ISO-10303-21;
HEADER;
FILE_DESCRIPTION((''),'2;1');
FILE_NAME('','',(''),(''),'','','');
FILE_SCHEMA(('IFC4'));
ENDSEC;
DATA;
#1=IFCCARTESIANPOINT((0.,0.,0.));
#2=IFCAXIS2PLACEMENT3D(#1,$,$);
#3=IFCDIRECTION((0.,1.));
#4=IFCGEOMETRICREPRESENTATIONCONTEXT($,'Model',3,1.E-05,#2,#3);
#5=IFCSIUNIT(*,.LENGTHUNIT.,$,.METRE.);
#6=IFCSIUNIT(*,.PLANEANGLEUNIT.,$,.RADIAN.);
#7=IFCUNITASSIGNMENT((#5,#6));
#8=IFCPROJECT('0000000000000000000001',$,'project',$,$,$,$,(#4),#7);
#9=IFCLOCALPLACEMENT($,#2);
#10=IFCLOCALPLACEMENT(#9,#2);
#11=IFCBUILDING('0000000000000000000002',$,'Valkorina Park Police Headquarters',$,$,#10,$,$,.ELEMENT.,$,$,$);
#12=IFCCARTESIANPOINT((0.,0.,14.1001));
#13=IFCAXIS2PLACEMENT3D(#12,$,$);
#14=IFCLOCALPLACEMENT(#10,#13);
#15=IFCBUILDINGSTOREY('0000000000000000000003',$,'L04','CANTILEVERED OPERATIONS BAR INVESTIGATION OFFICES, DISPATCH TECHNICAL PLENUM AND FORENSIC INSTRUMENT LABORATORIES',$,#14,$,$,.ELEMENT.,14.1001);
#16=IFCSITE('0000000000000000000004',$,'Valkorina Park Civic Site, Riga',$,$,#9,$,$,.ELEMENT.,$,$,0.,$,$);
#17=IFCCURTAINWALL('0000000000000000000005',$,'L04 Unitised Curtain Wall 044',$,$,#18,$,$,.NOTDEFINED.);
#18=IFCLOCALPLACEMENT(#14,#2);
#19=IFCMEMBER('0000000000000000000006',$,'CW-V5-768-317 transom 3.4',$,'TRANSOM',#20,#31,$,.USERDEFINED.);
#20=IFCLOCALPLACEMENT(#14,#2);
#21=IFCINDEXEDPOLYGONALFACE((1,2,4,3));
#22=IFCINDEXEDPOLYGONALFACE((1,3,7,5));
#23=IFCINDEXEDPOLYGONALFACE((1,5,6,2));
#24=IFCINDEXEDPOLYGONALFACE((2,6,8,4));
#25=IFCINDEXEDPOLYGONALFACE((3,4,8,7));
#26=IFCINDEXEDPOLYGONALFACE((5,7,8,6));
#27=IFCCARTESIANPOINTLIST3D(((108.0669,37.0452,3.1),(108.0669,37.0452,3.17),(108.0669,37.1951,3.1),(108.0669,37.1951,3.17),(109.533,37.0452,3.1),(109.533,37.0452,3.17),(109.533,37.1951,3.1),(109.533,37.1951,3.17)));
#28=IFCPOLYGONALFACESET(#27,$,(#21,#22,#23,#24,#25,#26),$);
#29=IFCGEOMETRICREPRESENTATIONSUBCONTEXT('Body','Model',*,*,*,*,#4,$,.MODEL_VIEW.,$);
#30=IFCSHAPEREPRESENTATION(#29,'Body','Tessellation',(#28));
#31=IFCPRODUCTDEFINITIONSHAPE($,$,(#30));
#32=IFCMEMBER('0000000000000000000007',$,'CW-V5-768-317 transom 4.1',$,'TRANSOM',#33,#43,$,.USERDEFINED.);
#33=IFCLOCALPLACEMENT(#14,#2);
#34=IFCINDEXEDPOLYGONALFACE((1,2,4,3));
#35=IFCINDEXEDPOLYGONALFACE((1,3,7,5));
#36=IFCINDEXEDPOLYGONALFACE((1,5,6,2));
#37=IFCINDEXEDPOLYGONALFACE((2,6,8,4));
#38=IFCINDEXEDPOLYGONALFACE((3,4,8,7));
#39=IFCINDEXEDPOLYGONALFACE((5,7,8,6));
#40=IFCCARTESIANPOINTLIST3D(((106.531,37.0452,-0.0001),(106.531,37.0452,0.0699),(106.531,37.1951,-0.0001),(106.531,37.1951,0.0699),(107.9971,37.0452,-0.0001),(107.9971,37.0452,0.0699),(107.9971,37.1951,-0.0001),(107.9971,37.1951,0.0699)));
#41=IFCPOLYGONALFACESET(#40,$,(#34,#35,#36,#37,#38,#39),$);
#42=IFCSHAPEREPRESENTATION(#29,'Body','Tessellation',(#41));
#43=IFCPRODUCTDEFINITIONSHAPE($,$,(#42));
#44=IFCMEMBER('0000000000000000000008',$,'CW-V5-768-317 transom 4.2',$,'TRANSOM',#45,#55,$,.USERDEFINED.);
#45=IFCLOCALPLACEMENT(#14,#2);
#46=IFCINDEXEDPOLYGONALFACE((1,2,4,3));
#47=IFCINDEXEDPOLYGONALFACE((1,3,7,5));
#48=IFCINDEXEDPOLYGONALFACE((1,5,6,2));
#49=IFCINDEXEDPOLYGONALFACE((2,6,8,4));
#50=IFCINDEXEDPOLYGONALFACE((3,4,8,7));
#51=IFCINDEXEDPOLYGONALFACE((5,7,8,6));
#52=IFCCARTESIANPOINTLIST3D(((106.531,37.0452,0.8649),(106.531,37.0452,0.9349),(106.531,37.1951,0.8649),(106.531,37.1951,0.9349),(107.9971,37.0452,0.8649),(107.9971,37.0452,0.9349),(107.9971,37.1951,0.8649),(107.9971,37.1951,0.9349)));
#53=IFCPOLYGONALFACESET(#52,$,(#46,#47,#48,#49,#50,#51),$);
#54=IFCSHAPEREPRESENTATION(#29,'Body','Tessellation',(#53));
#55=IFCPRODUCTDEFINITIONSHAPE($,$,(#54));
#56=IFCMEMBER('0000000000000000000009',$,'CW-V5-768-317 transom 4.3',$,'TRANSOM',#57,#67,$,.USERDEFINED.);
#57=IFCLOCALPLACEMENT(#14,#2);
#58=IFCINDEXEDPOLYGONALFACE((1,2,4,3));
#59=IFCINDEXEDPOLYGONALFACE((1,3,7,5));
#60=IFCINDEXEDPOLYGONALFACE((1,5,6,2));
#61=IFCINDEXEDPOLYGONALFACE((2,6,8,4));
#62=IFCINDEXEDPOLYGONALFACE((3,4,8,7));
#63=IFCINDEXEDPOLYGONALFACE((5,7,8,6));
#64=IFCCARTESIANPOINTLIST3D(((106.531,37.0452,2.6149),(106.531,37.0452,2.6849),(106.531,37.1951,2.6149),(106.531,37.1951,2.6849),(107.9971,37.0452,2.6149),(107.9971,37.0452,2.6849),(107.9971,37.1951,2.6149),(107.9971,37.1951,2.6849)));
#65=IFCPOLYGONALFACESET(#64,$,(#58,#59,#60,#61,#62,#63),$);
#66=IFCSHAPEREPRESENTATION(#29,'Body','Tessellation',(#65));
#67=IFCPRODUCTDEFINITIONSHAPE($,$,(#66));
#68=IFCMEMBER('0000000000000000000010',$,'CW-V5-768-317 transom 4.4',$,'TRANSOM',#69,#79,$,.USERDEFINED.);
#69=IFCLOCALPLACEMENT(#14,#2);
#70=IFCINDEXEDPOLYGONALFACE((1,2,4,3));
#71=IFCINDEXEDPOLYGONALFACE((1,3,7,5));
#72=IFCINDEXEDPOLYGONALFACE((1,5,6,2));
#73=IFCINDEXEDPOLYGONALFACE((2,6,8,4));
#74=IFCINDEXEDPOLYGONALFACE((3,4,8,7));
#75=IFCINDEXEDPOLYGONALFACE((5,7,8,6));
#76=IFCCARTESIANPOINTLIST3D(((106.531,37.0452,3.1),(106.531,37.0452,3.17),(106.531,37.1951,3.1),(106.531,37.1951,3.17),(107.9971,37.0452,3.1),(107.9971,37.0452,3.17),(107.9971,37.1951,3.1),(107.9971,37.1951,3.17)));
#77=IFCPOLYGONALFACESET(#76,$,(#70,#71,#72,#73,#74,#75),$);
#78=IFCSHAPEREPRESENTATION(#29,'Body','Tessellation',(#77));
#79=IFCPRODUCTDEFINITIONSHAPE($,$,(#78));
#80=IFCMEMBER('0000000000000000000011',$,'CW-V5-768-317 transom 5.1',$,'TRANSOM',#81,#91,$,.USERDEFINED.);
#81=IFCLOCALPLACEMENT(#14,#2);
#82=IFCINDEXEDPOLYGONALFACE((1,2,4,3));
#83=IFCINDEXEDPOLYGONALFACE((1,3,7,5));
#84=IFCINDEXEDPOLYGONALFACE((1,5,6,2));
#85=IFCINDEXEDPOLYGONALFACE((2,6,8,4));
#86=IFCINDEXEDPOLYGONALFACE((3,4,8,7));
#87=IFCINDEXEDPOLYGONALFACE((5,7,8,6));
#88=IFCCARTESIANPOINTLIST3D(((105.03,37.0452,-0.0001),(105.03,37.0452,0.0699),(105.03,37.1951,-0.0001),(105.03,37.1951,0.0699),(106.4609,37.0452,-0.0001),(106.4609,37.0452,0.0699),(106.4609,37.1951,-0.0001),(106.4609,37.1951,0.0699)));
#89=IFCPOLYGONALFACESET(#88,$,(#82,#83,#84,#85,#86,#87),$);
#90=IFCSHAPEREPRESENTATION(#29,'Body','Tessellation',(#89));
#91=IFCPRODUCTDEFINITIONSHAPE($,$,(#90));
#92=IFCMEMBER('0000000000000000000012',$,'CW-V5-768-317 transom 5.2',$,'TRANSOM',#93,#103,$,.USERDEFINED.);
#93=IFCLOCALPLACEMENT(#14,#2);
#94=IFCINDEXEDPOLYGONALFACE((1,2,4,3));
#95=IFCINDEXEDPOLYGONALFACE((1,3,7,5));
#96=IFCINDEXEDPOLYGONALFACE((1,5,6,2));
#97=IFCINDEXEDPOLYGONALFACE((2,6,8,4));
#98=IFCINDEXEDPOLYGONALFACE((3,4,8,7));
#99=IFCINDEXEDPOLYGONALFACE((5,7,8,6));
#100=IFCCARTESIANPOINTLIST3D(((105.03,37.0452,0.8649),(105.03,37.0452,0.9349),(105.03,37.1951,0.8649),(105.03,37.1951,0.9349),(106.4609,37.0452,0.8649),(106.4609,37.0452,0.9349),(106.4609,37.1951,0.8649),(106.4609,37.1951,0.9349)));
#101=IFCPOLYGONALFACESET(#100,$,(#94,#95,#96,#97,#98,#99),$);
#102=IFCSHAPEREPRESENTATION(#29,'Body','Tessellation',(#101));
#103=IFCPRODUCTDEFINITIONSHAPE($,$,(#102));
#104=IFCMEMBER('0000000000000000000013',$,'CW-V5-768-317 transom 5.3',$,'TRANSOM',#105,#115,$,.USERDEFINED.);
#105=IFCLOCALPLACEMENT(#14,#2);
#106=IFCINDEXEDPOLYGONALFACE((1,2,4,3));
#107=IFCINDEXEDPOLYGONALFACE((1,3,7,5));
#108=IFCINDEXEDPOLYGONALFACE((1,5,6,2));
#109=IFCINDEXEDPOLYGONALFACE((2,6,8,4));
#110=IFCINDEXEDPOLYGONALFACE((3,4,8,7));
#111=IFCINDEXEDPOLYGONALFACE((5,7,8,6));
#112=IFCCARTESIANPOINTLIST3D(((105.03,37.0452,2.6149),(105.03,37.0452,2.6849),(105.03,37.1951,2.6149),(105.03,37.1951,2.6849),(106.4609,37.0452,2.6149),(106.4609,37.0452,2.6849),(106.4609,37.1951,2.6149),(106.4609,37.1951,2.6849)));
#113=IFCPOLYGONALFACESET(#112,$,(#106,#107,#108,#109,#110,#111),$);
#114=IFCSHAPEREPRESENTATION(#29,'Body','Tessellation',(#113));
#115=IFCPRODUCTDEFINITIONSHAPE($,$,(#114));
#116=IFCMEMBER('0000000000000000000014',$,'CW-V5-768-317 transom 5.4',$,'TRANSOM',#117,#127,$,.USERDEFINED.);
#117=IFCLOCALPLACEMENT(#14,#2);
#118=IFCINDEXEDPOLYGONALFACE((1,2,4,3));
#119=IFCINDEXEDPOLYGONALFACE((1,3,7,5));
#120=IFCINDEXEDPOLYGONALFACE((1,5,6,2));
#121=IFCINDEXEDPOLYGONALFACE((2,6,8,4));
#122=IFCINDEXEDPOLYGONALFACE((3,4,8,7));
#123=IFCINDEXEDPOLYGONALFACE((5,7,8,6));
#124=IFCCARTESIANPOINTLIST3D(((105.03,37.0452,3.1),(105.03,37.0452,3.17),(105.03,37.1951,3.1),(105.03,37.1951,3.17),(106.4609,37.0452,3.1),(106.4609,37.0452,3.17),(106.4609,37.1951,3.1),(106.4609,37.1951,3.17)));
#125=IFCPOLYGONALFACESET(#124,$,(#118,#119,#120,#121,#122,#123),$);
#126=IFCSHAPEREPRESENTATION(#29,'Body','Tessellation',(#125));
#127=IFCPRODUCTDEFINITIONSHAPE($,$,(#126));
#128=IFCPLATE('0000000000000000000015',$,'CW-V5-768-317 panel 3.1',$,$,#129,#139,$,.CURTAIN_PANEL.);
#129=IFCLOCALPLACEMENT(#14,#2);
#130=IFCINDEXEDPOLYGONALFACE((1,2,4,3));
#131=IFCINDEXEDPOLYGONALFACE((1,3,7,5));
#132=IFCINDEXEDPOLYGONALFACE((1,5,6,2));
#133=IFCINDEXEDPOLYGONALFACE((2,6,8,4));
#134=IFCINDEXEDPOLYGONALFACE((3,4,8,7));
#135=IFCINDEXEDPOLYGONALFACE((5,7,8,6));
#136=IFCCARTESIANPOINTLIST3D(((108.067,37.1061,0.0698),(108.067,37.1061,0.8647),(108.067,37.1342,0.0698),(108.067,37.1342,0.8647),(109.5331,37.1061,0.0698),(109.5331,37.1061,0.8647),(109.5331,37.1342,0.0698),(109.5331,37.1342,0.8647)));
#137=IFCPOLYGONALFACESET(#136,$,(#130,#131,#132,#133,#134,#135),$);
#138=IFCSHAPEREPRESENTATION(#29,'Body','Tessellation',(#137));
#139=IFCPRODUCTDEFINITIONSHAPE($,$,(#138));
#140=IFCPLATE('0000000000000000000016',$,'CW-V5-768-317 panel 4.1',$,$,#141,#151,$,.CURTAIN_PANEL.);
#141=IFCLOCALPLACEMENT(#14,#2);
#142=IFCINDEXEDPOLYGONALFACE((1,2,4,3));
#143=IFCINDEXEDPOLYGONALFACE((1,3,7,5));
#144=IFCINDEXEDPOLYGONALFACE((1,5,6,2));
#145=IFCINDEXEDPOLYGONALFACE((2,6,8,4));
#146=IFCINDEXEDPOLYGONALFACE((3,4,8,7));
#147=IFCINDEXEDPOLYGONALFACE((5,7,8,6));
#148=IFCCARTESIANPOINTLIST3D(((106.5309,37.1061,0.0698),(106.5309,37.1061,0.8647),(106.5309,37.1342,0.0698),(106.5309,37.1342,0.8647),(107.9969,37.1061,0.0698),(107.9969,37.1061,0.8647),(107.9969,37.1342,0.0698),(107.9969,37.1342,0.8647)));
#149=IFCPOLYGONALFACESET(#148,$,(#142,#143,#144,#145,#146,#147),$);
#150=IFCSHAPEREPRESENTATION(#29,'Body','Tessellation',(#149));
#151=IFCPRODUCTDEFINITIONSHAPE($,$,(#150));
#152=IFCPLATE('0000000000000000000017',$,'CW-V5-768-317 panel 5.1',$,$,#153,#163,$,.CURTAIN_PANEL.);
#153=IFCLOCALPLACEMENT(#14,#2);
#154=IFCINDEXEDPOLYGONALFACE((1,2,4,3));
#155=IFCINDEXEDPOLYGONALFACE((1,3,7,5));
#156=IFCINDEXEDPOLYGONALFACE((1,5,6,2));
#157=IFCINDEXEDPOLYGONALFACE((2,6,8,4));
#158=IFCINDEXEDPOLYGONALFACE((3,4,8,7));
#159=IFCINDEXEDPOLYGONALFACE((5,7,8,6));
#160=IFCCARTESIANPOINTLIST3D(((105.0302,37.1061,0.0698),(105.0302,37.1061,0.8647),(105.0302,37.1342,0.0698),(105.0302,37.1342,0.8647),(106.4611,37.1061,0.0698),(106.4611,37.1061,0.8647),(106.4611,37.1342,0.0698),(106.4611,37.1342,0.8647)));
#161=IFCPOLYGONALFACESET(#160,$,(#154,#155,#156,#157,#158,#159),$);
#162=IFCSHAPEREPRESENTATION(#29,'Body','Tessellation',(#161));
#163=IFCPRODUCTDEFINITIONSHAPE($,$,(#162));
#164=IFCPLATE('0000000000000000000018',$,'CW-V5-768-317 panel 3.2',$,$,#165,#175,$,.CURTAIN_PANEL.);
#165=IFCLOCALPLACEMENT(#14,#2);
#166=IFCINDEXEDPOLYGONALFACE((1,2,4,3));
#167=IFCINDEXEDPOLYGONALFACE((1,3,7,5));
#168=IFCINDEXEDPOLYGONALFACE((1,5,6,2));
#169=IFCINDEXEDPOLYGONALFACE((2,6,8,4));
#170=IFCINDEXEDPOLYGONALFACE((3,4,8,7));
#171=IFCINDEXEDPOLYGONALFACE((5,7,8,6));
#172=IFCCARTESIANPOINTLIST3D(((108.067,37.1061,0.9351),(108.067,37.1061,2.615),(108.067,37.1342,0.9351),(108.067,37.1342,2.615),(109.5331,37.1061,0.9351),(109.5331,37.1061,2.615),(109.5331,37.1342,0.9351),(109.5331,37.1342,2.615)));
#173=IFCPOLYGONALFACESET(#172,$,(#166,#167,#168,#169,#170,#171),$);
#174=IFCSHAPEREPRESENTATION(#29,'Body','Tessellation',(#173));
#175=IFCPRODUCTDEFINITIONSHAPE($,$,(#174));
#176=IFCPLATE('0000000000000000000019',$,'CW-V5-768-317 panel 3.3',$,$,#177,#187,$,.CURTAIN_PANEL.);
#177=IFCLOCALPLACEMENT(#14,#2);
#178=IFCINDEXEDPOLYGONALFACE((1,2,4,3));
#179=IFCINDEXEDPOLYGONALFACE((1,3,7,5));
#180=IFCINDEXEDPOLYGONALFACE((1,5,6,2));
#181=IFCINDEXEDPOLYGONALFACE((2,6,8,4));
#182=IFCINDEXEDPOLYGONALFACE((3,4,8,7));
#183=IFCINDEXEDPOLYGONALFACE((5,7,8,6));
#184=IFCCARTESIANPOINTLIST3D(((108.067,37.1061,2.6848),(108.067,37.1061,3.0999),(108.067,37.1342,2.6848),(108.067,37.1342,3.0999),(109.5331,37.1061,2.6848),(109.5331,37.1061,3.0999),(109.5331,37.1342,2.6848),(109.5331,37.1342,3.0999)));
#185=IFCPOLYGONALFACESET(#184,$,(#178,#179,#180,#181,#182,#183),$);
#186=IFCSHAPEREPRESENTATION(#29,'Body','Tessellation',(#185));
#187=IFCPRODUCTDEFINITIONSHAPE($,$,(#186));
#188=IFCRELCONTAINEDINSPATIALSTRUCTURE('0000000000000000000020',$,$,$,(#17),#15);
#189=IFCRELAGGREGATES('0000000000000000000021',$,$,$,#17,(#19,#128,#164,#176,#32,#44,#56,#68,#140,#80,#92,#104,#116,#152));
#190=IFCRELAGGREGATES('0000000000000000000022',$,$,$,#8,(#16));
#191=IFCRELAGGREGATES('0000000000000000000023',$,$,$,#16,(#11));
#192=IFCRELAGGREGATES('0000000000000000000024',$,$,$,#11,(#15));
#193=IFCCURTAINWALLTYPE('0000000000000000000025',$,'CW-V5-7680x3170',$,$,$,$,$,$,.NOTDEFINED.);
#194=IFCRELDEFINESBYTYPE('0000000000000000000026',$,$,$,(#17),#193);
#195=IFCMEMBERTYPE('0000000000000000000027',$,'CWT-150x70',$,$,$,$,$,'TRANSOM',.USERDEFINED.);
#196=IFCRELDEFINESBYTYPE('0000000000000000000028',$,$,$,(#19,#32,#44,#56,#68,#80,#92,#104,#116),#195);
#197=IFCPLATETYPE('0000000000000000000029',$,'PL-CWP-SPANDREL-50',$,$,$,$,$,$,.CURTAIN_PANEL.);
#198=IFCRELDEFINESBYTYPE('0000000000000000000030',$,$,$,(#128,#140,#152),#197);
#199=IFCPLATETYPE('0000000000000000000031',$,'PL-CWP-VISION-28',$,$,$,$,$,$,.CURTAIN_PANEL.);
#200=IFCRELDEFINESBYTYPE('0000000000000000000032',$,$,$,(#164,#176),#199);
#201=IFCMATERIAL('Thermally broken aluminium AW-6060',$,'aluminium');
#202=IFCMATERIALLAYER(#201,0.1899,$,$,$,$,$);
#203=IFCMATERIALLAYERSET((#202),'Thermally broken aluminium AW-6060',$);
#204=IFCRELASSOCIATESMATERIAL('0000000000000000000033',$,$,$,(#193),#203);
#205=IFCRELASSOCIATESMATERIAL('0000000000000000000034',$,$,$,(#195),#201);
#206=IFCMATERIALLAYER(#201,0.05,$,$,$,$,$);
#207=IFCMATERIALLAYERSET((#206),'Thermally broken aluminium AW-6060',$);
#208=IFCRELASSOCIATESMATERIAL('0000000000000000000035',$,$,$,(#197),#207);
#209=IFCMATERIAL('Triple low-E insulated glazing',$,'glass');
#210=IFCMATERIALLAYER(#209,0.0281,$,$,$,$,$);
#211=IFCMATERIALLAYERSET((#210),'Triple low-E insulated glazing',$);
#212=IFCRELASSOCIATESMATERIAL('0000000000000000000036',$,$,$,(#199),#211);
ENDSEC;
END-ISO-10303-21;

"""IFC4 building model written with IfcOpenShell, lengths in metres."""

from ifc_helpers import new_model, si_unit, direction, frame, origin, origin_2d, place, context, subcontext, project, spatial, rectangle, extrude, material, layer, layer_set, material_profile, profile_set, type_object, element, aggregate, save


model = new_model("IFC4")

# Units and contexts
model_context = context("Model", 3, precision=1e-05, world=origin(), true_north=direction((0.0, 1.0)))
body_context = subcontext(model_context, "Body", "Model", "MODEL_VIEW")
ifc_project = project(units=[si_unit("LENGTHUNIT", "METRE"), si_unit("PLANEANGLEUNIT", "RADIAN")], contexts=[model_context])

# Site, building, storey
site_placement = place(None, origin())
site = spatial("IfcSite", under=ifc_project, at=site_placement, Name="Valkorina Park Civic Site, Riga", CompositionType="ELEMENT", RefElevation=0.0)
building_placement = place(site_placement, origin())
building = spatial("IfcBuilding", under=site, at=building_placement, Name="Valkorina Park Police Headquarters", CompositionType="ELEMENT")
storey_placement = place(building_placement, frame((0.0, 0.0, 14.1001)))
storey = spatial("IfcBuildingStorey", under=building, at=storey_placement, Name="L04", Description="CANTILEVERED OPERATIONS BAR INVESTIGATION OFFICES, DISPATCH TECHNICAL PLENUM AND FORENSIC INSTRUMENT LABORATORIES", CompositionType="ELEMENT", Elevation=14.1001)

# Curtain wall, members, plates
ifc_material_1 = material(Name="Thermally broken aluminium AW-6060", Category="aluminium")
ifc_layer_1 = layer(ifc_material_1, 0.1899)
ifc_layer_set_1 = layer_set([ifc_layer_1], Name="Thermally broken aluminium AW-6060")
curtain_wall_type = type_object("IfcCurtainWallType", Name="CW-V5-7680x3170", PredefinedType="NOTDEFINED", material=ifc_layer_set_1)
curtain_wall_placement = place(storey_placement, origin())
curtain_wall = element("IfcCurtainWall", 1, at=curtain_wall_placement, inside=storey, type_object=curtain_wall_type, Name="L04 Unitised Curtain Wall 044", PredefinedType="NOTDEFINED")
ifc_material_profile_1 = material_profile(ifc_material_1, rectangle(XDim=0.1499, YDim=0.0701, at=origin_2d()), Name="CWT-02 150x70")
ifc_profile_set_1 = profile_set([ifc_material_profile_1], Name="Thermally broken aluminium AW-6060")
member_type_1 = type_object("IfcMemberType", Name="CWT-150x70", ElementType="TRANSOM", PredefinedType="USERDEFINED", material=ifc_profile_set_1)
member_1_placement = place(storey_placement, frame((109.533, 37.1201, 3.135), z_axis=(-1.0, 0.0, 0.0), x_axis=(0.0, -1.0, 0.0)))
member_1 = element("IfcMember", 2, at=member_1_placement, type_object=member_type_1, Name="CW-V5-768-317 transom 3.4", ObjectType="TRANSOM", PredefinedType="USERDEFINED", context=body_context, shape_type="SweptSolid", body=[
    extrude(rectangle(XDim=0.1499, YDim=0.0701, at=origin_2d()), origin(), (0.0, 0.0, 1.0), 1.4661),
])
member_2_placement = place(storey_placement, frame((107.9971, 37.1201, 0.0349), z_axis=(-1.0, 0.0, 0.0), x_axis=(0.0, -1.0, 0.0)))
member_2 = element("IfcMember", 3, at=member_2_placement, type_object=member_type_1, Name="CW-V5-768-317 transom 4.1", ObjectType="TRANSOM", PredefinedType="USERDEFINED", context=body_context, shape_type="SweptSolid", body=[
    extrude(rectangle(XDim=0.1499, YDim=0.0701, at=origin_2d()), origin(), (0.0, 0.0, 1.0), 1.4661),
])
member_3_placement = place(storey_placement, frame((107.9971, 37.1201, 0.8999), z_axis=(-1.0, 0.0, 0.0), x_axis=(0.0, -1.0, 0.0)))
member_3 = element("IfcMember", 4, at=member_3_placement, type_object=member_type_1, Name="CW-V5-768-317 transom 4.2", ObjectType="TRANSOM", PredefinedType="USERDEFINED", context=body_context, shape_type="SweptSolid", body=[
    extrude(rectangle(XDim=0.1499, YDim=0.0701, at=origin_2d()), origin(), (0.0, 0.0, 1.0), 1.4661),
])
member_4_placement = place(storey_placement, frame((107.9971, 37.1201, 2.6499), z_axis=(-1.0, 0.0, 0.0), x_axis=(0.0, -1.0, 0.0)))
member_4 = element("IfcMember", 5, at=member_4_placement, type_object=member_type_1, Name="CW-V5-768-317 transom 4.3", ObjectType="TRANSOM", PredefinedType="USERDEFINED", context=body_context, shape_type="SweptSolid", body=[
    extrude(rectangle(XDim=0.1499, YDim=0.0701, at=origin_2d()), origin(), (0.0, 0.0, 1.0), 1.4661),
])
member_5_placement = place(storey_placement, frame((107.9971, 37.1201, 3.135), z_axis=(-1.0, 0.0, 0.0), x_axis=(0.0, -1.0, 0.0)))
member_5 = element("IfcMember", 6, at=member_5_placement, type_object=member_type_1, Name="CW-V5-768-317 transom 4.4", ObjectType="TRANSOM", PredefinedType="USERDEFINED", context=body_context, shape_type="SweptSolid", body=[
    extrude(rectangle(XDim=0.1499, YDim=0.0701, at=origin_2d()), origin(), (0.0, 0.0, 1.0), 1.4661),
])
member_6_placement = place(storey_placement, frame((106.4609, 37.1201, 0.0349), z_axis=(-1.0, 0.0, 0.0), x_axis=(0.0, -1.0, 0.0)))
member_6 = element("IfcMember", 7, at=member_6_placement, type_object=member_type_1, Name="CW-V5-768-317 transom 5.1", ObjectType="TRANSOM", PredefinedType="USERDEFINED", context=body_context, shape_type="SweptSolid", body=[
    extrude(rectangle(XDim=0.1499, YDim=0.0701, at=origin_2d()), origin(), (0.0, 0.0, 1.0), 1.4309),
])
member_7_placement = place(storey_placement, frame((106.4609, 37.1201, 0.8999), z_axis=(-1.0, 0.0, 0.0), x_axis=(0.0, -1.0, 0.0)))
member_7 = element("IfcMember", 8, at=member_7_placement, type_object=member_type_1, Name="CW-V5-768-317 transom 5.2", ObjectType="TRANSOM", PredefinedType="USERDEFINED", context=body_context, shape_type="SweptSolid", body=[
    extrude(rectangle(XDim=0.1499, YDim=0.0701, at=origin_2d()), origin(), (0.0, 0.0, 1.0), 1.4309),
])
member_8_placement = place(storey_placement, frame((106.4609, 37.1201, 2.6499), z_axis=(-1.0, 0.0, 0.0), x_axis=(0.0, -1.0, 0.0)))
member_8 = element("IfcMember", 9, at=member_8_placement, type_object=member_type_1, Name="CW-V5-768-317 transom 5.3", ObjectType="TRANSOM", PredefinedType="USERDEFINED", context=body_context, shape_type="SweptSolid", body=[
    extrude(rectangle(XDim=0.1499, YDim=0.0701, at=origin_2d()), origin(), (0.0, 0.0, 1.0), 1.4309),
])
member_9_placement = place(storey_placement, frame((106.4609, 37.1201, 3.135), z_axis=(-1.0, 0.0, 0.0), x_axis=(0.0, -1.0, 0.0)))
member_9 = element("IfcMember", 10, at=member_9_placement, type_object=member_type_1, Name="CW-V5-768-317 transom 5.4", ObjectType="TRANSOM", PredefinedType="USERDEFINED", context=body_context, shape_type="SweptSolid", body=[
    extrude(rectangle(XDim=0.1499, YDim=0.0701, at=origin_2d()), origin(), (0.0, 0.0, 1.0), 1.4309),
])
ifc_layer_2 = layer(ifc_material_1, 0.05)
ifc_layer_set_2 = layer_set([ifc_layer_2], Name="Thermally broken aluminium AW-6060")
plate_type_1 = type_object("IfcPlateType", Name="PL-CWP-SPANDREL-50", PredefinedType="CURTAIN_PANEL", material=ifc_layer_set_2)
plate_1_placement = place(storey_placement, frame((108.8, 37.1201, 0.0698), z_axis=(0.0, 0.0, 1.0), x_axis=(-1.0, 0.0, 0.0)))
plate_1 = element("IfcPlate", 11, at=plate_1_placement, type_object=plate_type_1, Name="CW-V5-768-317 panel 3.1", PredefinedType="CURTAIN_PANEL", context=body_context, shape_type="SweptSolid", body=[
    extrude(rectangle(XDim=1.4661, YDim=0.0281, at=origin_2d()), origin(), (0.0, 0.0, 1.0), 0.7949),
])
plate_2_placement = place(storey_placement, frame((107.2639, 37.1201, 0.0698), z_axis=(0.0, 0.0, 1.0), x_axis=(-1.0, 0.0, 0.0)))
plate_2 = element("IfcPlate", 12, at=plate_2_placement, type_object=plate_type_1, Name="CW-V5-768-317 panel 4.1", PredefinedType="CURTAIN_PANEL", context=body_context, shape_type="SweptSolid", body=[
    extrude(rectangle(XDim=1.4661, YDim=0.0281, at=origin_2d()), origin(), (0.0, 0.0, 1.0), 0.7949),
])
plate_3_placement = place(storey_placement, frame((105.7456, 37.1201, 0.0698), z_axis=(0.0, 0.0, 1.0), x_axis=(-1.0, 0.0, 0.0)))
plate_3 = element("IfcPlate", 13, at=plate_3_placement, type_object=plate_type_1, Name="CW-V5-768-317 panel 5.1", PredefinedType="CURTAIN_PANEL", context=body_context, shape_type="SweptSolid", body=[
    extrude(rectangle(XDim=1.4309, YDim=0.0281, at=origin_2d()), origin(), (0.0, 0.0, 1.0), 0.7949),
])
ifc_material_2 = material(Name="Triple low-E insulated glazing", Category="glass")
ifc_layer_3 = layer(ifc_material_2, 0.0281)
ifc_layer_set_3 = layer_set([ifc_layer_3], Name="Triple low-E insulated glazing")
plate_type_2 = type_object("IfcPlateType", Name="PL-CWP-VISION-28", PredefinedType="CURTAIN_PANEL", material=ifc_layer_set_3)
plate_4_placement = place(storey_placement, frame((108.8, 37.1201, 0.9351), z_axis=(0.0, 0.0, 1.0), x_axis=(-1.0, 0.0, 0.0)))
plate_4 = element("IfcPlate", 14, at=plate_4_placement, type_object=plate_type_2, Name="CW-V5-768-317 panel 3.2", PredefinedType="CURTAIN_PANEL", context=body_context, shape_type="SweptSolid", body=[
    extrude(rectangle(XDim=1.4661, YDim=0.0281, at=origin_2d()), origin(), (0.0, 0.0, 1.0), 1.6799),
])
plate_5_placement = place(storey_placement, frame((108.8, 37.1201, 2.6848), z_axis=(0.0, 0.0, 1.0), x_axis=(-1.0, 0.0, 0.0)))
plate_5 = element("IfcPlate", 15, at=plate_5_placement, type_object=plate_type_2, Name="CW-V5-768-317 panel 3.3", PredefinedType="CURTAIN_PANEL", context=body_context, shape_type="SweptSolid", body=[
    extrude(rectangle(XDim=1.4661, YDim=0.0281, at=origin_2d()), origin(), (0.0, 0.0, 1.0), 0.415),
])
aggregate(curtain_wall, [member_1, plate_1, plate_4, plate_5, member_2, member_3, member_4, member_5, plate_2, member_6, member_7, member_8, member_9, plate_3])

save(model, "model.ifc")
